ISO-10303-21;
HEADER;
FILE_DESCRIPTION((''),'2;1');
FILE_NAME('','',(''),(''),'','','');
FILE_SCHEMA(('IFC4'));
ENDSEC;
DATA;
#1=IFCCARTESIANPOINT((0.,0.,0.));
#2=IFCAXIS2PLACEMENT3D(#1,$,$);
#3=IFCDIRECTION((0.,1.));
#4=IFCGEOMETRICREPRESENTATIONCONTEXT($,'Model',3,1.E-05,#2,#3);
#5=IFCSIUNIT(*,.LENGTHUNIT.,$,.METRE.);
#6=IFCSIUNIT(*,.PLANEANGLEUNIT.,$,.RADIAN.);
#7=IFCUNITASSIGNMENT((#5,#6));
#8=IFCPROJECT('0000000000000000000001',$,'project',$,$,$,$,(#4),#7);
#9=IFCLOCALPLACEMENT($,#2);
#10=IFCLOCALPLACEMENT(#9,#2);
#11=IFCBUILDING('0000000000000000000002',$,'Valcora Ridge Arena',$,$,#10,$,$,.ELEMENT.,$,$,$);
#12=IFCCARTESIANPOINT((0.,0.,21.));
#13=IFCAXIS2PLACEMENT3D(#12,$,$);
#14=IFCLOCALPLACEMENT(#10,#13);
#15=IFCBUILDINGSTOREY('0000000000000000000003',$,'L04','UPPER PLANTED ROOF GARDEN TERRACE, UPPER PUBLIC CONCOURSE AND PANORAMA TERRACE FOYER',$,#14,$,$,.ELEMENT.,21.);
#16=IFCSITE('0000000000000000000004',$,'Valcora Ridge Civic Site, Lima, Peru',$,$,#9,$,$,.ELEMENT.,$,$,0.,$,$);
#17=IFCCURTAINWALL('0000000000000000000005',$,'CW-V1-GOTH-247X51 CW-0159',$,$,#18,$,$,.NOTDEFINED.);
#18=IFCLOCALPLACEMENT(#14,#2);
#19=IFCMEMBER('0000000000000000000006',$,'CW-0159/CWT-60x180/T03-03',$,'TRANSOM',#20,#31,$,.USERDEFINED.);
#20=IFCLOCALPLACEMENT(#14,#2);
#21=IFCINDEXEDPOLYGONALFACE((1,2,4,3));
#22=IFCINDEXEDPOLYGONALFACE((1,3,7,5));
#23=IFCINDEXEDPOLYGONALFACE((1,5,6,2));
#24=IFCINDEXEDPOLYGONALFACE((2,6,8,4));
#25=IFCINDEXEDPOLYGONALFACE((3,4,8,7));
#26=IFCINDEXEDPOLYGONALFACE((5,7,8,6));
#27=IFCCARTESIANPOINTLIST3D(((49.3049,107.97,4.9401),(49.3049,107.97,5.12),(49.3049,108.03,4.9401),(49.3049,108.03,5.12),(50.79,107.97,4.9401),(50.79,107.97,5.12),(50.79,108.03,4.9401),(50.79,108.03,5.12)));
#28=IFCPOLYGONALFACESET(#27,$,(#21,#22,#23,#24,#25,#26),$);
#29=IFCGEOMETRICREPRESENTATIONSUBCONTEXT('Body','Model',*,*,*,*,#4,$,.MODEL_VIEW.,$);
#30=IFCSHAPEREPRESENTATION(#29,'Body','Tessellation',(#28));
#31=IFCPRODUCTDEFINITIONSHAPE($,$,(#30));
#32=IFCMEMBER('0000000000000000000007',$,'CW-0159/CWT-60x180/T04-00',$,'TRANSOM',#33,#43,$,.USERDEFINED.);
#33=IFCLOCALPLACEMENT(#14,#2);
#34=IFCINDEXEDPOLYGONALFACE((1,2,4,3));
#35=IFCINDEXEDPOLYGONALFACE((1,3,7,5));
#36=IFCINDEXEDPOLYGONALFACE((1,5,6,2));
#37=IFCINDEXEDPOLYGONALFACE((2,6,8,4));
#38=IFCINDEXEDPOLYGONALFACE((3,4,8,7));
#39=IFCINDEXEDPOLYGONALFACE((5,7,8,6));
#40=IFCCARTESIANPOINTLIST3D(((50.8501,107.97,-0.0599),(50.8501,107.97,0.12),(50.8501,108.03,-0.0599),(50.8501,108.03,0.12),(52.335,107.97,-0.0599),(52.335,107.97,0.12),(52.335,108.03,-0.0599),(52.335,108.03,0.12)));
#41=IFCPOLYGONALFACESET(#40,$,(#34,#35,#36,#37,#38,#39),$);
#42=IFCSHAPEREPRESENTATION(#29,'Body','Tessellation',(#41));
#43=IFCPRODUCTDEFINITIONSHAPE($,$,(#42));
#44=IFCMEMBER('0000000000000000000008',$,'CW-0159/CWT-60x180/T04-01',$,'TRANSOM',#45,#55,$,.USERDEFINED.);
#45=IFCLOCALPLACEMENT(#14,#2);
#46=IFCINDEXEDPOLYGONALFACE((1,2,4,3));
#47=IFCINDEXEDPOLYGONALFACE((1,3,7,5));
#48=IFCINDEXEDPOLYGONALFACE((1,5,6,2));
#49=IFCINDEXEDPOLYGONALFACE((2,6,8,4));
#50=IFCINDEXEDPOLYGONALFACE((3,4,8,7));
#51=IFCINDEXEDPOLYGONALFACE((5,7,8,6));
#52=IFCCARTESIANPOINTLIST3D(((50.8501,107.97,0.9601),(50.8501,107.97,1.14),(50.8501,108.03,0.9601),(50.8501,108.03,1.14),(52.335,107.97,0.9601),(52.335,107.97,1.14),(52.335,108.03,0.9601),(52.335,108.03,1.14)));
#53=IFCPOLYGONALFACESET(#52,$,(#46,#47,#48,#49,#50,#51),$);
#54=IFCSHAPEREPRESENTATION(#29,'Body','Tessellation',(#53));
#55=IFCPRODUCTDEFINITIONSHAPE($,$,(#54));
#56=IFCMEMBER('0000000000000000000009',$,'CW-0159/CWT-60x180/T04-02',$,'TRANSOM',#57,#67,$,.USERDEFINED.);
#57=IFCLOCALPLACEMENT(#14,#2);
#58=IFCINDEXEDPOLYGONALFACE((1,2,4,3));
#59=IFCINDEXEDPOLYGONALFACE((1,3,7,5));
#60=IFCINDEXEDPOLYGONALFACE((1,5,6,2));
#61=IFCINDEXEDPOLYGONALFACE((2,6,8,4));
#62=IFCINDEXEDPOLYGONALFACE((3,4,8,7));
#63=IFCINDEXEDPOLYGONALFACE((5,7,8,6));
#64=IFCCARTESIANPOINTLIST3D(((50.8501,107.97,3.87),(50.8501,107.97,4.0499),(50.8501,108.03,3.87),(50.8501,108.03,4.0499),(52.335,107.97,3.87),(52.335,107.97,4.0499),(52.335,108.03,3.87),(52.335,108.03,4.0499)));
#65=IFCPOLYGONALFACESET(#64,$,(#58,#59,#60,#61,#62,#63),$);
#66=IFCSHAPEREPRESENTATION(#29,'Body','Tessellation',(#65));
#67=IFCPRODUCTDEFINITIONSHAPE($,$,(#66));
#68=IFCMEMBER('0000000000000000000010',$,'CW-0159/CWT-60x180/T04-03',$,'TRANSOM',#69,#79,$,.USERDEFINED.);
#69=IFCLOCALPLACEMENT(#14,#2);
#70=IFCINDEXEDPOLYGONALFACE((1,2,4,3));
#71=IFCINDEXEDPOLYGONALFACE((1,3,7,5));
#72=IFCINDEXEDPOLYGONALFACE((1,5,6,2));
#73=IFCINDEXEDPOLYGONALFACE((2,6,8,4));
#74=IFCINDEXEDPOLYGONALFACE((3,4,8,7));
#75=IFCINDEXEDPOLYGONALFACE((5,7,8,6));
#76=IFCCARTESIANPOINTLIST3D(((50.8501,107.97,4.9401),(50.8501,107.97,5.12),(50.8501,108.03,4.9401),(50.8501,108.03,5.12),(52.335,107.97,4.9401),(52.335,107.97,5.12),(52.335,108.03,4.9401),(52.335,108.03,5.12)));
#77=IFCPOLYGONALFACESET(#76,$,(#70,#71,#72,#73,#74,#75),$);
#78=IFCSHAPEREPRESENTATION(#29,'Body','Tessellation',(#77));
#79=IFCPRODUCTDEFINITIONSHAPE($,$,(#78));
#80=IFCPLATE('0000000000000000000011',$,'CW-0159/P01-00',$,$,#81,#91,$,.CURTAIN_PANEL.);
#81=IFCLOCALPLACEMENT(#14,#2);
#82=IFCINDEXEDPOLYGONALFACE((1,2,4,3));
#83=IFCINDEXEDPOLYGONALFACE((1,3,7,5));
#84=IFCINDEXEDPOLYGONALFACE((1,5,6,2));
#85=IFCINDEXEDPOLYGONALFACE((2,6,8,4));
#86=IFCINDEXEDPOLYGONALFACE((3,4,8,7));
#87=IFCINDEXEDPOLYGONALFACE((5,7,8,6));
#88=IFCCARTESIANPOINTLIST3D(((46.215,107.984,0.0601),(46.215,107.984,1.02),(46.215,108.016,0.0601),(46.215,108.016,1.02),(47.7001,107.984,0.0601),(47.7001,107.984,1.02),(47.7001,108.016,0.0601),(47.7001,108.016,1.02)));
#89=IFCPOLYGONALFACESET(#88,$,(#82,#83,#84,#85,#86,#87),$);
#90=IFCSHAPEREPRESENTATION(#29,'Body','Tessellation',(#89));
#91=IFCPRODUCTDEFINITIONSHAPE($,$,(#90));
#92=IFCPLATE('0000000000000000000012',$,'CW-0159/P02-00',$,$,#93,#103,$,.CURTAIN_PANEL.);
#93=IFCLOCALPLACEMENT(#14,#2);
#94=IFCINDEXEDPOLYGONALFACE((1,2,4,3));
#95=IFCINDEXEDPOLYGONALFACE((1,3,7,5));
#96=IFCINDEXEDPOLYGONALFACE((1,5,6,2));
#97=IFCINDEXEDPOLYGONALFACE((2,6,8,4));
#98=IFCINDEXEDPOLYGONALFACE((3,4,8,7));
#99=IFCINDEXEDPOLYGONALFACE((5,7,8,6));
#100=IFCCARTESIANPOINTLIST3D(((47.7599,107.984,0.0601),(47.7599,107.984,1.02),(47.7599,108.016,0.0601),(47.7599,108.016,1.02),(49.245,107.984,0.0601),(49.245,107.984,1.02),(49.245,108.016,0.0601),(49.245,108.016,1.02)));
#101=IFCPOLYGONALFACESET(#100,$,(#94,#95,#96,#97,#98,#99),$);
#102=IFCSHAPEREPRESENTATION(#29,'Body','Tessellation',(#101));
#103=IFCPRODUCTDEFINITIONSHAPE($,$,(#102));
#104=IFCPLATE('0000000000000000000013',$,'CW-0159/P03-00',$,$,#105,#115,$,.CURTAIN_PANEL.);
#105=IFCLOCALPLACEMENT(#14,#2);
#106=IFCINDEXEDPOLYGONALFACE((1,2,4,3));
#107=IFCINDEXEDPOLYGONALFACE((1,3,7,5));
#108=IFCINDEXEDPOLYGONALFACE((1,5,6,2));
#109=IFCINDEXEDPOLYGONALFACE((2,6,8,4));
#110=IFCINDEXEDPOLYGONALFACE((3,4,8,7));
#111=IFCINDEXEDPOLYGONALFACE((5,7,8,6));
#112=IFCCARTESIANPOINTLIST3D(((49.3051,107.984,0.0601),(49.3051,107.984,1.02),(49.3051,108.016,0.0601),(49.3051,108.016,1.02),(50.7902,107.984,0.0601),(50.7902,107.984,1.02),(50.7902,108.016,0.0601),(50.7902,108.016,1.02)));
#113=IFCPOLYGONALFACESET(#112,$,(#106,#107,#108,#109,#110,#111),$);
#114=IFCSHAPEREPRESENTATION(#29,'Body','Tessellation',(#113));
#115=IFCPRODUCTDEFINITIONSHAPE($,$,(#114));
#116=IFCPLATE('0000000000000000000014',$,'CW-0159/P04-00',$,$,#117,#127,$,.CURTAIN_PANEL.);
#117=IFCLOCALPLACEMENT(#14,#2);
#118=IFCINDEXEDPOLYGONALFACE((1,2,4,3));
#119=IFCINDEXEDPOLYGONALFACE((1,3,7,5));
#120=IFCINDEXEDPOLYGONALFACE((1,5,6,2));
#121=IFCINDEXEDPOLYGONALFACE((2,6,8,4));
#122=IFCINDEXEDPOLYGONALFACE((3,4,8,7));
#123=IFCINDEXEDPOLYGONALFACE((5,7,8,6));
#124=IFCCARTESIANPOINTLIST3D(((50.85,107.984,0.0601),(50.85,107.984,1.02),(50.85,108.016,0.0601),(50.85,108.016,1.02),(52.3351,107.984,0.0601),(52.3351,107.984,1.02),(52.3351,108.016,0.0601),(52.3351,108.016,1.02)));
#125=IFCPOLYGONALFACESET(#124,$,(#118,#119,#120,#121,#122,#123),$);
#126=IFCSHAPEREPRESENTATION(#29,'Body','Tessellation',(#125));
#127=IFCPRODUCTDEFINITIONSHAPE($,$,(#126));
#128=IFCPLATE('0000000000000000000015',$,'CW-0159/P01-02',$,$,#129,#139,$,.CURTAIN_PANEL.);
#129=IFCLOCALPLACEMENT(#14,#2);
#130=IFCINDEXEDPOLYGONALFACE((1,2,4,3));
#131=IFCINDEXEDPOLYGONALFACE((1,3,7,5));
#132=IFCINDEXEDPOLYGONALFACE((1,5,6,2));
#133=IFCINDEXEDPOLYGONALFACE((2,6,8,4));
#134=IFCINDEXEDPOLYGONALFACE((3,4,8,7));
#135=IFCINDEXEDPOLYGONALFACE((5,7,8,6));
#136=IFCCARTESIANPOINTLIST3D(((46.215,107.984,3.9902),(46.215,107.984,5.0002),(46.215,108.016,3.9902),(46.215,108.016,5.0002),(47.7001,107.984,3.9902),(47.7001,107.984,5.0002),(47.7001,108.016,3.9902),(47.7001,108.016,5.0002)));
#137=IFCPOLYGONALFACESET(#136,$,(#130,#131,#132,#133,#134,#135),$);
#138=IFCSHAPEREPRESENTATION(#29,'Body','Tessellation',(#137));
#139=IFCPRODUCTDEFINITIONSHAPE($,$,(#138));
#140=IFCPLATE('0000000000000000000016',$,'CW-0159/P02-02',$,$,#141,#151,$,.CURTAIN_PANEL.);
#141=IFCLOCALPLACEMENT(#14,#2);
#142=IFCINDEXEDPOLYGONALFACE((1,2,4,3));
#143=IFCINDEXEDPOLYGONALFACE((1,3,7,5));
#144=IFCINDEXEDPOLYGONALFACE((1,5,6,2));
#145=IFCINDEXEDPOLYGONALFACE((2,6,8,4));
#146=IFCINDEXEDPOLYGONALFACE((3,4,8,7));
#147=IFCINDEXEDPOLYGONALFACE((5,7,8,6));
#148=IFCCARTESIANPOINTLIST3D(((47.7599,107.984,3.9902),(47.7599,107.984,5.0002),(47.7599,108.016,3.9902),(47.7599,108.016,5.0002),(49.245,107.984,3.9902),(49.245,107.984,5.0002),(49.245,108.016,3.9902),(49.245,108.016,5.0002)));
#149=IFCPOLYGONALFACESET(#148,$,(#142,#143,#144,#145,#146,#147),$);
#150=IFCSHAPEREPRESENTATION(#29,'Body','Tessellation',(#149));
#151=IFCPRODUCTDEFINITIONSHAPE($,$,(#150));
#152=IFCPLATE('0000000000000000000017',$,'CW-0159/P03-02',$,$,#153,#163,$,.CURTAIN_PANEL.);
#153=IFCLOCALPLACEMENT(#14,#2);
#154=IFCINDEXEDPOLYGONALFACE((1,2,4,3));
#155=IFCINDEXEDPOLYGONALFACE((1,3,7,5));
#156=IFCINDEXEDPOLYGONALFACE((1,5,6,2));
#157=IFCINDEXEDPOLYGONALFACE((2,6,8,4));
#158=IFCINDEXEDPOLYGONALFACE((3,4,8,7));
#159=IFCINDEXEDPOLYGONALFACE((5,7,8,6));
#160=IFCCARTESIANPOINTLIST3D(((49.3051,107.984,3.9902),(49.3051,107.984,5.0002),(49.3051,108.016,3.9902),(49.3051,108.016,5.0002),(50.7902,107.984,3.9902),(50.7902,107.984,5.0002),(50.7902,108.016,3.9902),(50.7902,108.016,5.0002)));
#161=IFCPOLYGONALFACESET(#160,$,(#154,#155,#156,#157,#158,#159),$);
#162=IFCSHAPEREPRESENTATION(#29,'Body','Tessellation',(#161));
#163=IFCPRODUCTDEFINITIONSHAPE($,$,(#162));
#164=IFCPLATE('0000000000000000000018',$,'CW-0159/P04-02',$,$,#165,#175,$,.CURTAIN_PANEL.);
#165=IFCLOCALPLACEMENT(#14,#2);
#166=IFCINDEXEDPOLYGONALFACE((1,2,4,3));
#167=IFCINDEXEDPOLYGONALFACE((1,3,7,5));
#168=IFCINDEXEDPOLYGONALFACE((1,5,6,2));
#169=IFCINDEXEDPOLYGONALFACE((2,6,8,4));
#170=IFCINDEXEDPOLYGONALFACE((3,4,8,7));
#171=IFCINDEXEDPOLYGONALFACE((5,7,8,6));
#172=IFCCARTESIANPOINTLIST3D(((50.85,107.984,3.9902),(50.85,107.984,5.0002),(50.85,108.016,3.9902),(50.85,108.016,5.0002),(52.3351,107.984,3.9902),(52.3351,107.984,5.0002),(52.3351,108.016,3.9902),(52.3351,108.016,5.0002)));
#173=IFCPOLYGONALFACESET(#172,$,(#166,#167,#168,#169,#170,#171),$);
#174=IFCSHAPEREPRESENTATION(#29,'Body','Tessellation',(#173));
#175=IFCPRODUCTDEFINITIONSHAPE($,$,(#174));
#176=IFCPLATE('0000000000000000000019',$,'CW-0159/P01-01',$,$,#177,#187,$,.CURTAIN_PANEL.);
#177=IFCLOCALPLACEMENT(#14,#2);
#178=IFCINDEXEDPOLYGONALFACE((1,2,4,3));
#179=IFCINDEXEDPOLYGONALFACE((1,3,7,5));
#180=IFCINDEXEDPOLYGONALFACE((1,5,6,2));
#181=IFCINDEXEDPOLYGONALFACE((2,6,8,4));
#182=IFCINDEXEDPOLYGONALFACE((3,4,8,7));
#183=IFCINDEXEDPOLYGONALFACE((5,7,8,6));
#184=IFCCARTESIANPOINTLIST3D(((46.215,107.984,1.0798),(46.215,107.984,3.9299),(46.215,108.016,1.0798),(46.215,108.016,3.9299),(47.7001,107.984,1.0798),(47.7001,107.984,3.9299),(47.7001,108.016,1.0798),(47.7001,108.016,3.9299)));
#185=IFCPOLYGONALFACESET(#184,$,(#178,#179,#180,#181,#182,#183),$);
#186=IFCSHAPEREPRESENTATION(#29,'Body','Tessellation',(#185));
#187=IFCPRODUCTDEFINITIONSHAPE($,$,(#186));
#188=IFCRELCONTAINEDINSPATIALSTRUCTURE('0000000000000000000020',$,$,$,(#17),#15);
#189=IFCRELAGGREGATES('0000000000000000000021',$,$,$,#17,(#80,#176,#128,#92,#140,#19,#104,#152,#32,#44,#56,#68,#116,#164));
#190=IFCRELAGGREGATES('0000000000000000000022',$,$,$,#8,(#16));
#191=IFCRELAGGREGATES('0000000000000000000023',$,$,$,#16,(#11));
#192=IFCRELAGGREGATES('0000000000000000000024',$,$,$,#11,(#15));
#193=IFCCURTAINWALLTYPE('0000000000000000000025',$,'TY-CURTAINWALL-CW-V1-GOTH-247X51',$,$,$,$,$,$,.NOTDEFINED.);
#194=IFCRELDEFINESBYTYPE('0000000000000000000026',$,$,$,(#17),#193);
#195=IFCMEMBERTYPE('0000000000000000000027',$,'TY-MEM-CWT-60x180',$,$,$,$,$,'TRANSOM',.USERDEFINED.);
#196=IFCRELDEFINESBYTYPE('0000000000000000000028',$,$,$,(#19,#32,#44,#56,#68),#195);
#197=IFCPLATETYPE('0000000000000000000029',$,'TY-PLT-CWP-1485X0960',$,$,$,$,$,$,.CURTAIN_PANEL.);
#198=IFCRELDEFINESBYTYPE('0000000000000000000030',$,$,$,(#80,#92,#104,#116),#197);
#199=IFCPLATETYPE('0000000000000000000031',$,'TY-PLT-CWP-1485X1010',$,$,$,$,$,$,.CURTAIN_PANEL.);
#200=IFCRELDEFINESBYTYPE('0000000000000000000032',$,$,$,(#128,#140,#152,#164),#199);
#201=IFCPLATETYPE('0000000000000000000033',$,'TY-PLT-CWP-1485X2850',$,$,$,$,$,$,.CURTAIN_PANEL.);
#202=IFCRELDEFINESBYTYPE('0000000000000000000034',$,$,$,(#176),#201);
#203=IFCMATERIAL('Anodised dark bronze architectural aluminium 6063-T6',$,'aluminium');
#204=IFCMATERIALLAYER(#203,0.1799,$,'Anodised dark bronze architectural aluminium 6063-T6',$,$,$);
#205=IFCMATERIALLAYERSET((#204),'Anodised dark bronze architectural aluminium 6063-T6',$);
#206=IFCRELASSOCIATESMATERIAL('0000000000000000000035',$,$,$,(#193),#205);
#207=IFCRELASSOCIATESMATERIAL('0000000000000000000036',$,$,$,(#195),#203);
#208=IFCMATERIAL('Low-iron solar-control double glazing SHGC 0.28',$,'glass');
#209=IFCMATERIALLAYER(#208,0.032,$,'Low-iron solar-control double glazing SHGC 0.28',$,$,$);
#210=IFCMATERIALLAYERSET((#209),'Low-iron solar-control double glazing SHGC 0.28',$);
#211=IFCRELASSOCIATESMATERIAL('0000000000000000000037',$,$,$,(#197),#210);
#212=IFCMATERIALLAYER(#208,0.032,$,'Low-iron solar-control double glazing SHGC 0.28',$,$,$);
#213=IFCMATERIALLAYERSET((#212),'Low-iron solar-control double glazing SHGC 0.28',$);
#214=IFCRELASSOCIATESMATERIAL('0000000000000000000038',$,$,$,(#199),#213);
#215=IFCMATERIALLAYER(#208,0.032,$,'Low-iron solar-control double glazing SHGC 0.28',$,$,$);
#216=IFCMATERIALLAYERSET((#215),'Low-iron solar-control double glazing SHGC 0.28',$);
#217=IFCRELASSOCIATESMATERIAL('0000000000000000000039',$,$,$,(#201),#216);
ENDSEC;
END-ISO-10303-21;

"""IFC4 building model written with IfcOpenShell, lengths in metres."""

from ifc_helpers import new_model, si_unit, direction, frame, origin, origin_2d, place, context, subcontext, project, spatial, rectangle, extrude, material, layer, layer_set, material_profile, profile_set, type_object, element, aggregate, save


model = new_model("IFC4")

# Units and contexts
model_context = context("Model", 3, precision=1e-05, world=origin(), true_north=direction((0.0, 1.0)))
body_context = subcontext(model_context, "Body", "Model", "MODEL_VIEW")
ifc_project = project(units=[si_unit("LENGTHUNIT", "METRE"), si_unit("PLANEANGLEUNIT", "RADIAN")], contexts=[model_context])

# Site, building, storey
site_placement = place(None, origin())
site = spatial("IfcSite", under=ifc_project, at=site_placement, Name="Valcora Ridge Civic Site, Lima, Peru", CompositionType="ELEMENT", RefElevation=0.0)
building_placement = place(site_placement, origin())
building = spatial("IfcBuilding", under=site, at=building_placement, Name="Valcora Ridge Arena", CompositionType="ELEMENT")
storey_placement = place(building_placement, frame((0.0, 0.0, 21.0)))
storey = spatial("IfcBuildingStorey", under=building, at=storey_placement, Name="L04", Description="UPPER PLANTED ROOF GARDEN TERRACE, UPPER PUBLIC CONCOURSE AND PANORAMA TERRACE FOYER", CompositionType="ELEMENT", Elevation=21.0)

# Curtain wall, members, plates
ifc_material_1 = material(Name="Anodised dark bronze architectural aluminium 6063-T6", Category="aluminium")
ifc_layer_1 = layer(ifc_material_1, 0.1799, Name="Anodised dark bronze architectural aluminium 6063-T6")
ifc_layer_set_1 = layer_set([ifc_layer_1], Name="Anodised dark bronze architectural aluminium 6063-T6")
curtain_wall_type = type_object("IfcCurtainWallType", Name="TY-CURTAINWALL-CW-V1-GOTH-247X51", PredefinedType="NOTDEFINED", material=ifc_layer_set_1)
curtain_wall_placement = place(storey_placement, origin())
curtain_wall = element("IfcCurtainWall", 1, at=curtain_wall_placement, inside=storey, type_object=curtain_wall_type, Name="CW-V1-GOTH-247X51 CW-0159", PredefinedType="NOTDEFINED")
ifc_material_profile_1 = material_profile(ifc_material_1, rectangle(XDim=0.0601, YDim=0.1799, at=origin_2d()), Name="ALU TRANSOM 60x180")
ifc_profile_set_1 = profile_set([ifc_material_profile_1], Name="Anodised dark bronze architectural aluminium 6063-T6")
member_type_1 = type_object("IfcMemberType", Name="TY-MEM-CWT-60x180", ElementType="TRANSOM", PredefinedType="USERDEFINED", material=ifc_profile_set_1)
member_1_placement = place(storey_placement, frame((49.3049, 108.0, 5.03), z_axis=(1.0, 0.0, 0.0), x_axis=(0.0, 1.0, 0.0)))
member_1 = element("IfcMember", 2, at=member_1_placement, type_object=member_type_1, Name="CW-0159/CWT-60x180/T03-03", ObjectType="TRANSOM", PredefinedType="USERDEFINED", context=body_context, shape_type="SweptSolid", body=[
    extrude(rectangle(XDim=0.0601, YDim=0.1799, at=origin_2d()), origin(), (0.0, 0.0, 1.0), 1.4851),
])
member_2_placement = place(storey_placement, frame((50.8501, 108.0, 0.03), z_axis=(1.0, 0.0, 0.0), x_axis=(0.0, 1.0, 0.0)))
member_2 = element("IfcMember", 3, at=member_2_placement, type_object=member_type_1, Name="CW-0159/CWT-60x180/T04-00", ObjectType="TRANSOM", PredefinedType="USERDEFINED", context=body_context, shape_type="SweptSolid", body=[
    extrude(rectangle(XDim=0.0601, YDim=0.1799, at=origin_2d()), origin(), (0.0, 0.0, 1.0), 1.4849),
])
member_3_placement = place(storey_placement, frame((50.8501, 108.0, 1.05), z_axis=(1.0, 0.0, 0.0), x_axis=(0.0, 1.0, 0.0)))
member_3 = element("IfcMember", 4, at=member_3_placement, type_object=member_type_1, Name="CW-0159/CWT-60x180/T04-01", ObjectType="TRANSOM", PredefinedType="USERDEFINED", context=body_context, shape_type="SweptSolid", body=[
    extrude(rectangle(XDim=0.0601, YDim=0.1799, at=origin_2d()), origin(), (0.0, 0.0, 1.0), 1.4849),
])
member_4_placement = place(storey_placement, frame((50.8501, 108.0, 3.96), z_axis=(1.0, 0.0, 0.0), x_axis=(0.0, 1.0, 0.0)))
member_4 = element("IfcMember", 5, at=member_4_placement, type_object=member_type_1, Name="CW-0159/CWT-60x180/T04-02", ObjectType="TRANSOM", PredefinedType="USERDEFINED", context=body_context, shape_type="SweptSolid", body=[
    extrude(rectangle(XDim=0.0601, YDim=0.1799, at=origin_2d()), origin(), (0.0, 0.0, 1.0), 1.4849),
])
member_5_placement = place(storey_placement, frame((50.8501, 108.0, 5.03), z_axis=(1.0, 0.0, 0.0), x_axis=(0.0, 1.0, 0.0)))
member_5 = element("IfcMember", 6, at=member_5_placement, type_object=member_type_1, Name="CW-0159/CWT-60x180/T04-03", ObjectType="TRANSOM", PredefinedType="USERDEFINED", context=body_context, shape_type="SweptSolid", body=[
    extrude(rectangle(XDim=0.0601, YDim=0.1799, at=origin_2d()), origin(), (0.0, 0.0, 1.0), 1.4849),
])
ifc_material_2 = material(Name="Low-iron solar-control double glazing SHGC 0.28", Category="glass")
ifc_layer_2 = layer(ifc_material_2, 0.032, Name="Low-iron solar-control double glazing SHGC 0.28")
ifc_layer_set_2 = layer_set([ifc_layer_2], Name="Low-iron solar-control double glazing SHGC 0.28")
plate_type_1 = type_object("IfcPlateType", Name="TY-PLT-CWP-1485X0960", PredefinedType="CURTAIN_PANEL", material=ifc_layer_set_2)
plate_1_placement = place(storey_placement, frame((46.9575, 108.0, 0.0601), z_axis=(0.0, 0.0, 1.0), x_axis=(1.0, 0.0, 0.0)))
plate_1 = element("IfcPlate", 7, at=plate_1_placement, type_object=plate_type_1, Name="CW-0159/P01-00", PredefinedType="CURTAIN_PANEL", context=body_context, shape_type="SweptSolid", body=[
    extrude(rectangle(XDim=1.4851, YDim=0.032, at=origin_2d()), origin(), (0.0, 0.0, 1.0), 0.96),
])
plate_2_placement = place(storey_placement, frame((48.5024, 108.0, 0.0601), z_axis=(0.0, 0.0, 1.0), x_axis=(1.0, 0.0, 0.0)))
plate_2 = element("IfcPlate", 8, at=plate_2_placement, type_object=plate_type_1, Name="CW-0159/P02-00", PredefinedType="CURTAIN_PANEL", context=body_context, shape_type="SweptSolid", body=[
    extrude(rectangle(XDim=1.4851, YDim=0.032, at=origin_2d()), origin(), (0.0, 0.0, 1.0), 0.96),
])
plate_3_placement = place(storey_placement, frame((50.0476, 108.0, 0.0601), z_axis=(0.0, 0.0, 1.0), x_axis=(1.0, 0.0, 0.0)))
plate_3 = element("IfcPlate", 9, at=plate_3_placement, type_object=plate_type_1, Name="CW-0159/P03-00", PredefinedType="CURTAIN_PANEL", context=body_context, shape_type="SweptSolid", body=[
    extrude(rectangle(XDim=1.4851, YDim=0.032, at=origin_2d()), origin(), (0.0, 0.0, 1.0), 0.96),
])
plate_4_placement = place(storey_placement, frame((51.5925, 108.0, 0.0601), z_axis=(0.0, 0.0, 1.0), x_axis=(1.0, 0.0, 0.0)))
plate_4 = element("IfcPlate", 10, at=plate_4_placement, type_object=plate_type_1, Name="CW-0159/P04-00", PredefinedType="CURTAIN_PANEL", context=body_context, shape_type="SweptSolid", body=[
    extrude(rectangle(XDim=1.4851, YDim=0.032, at=origin_2d()), origin(), (0.0, 0.0, 1.0), 0.96),
])
ifc_layer_3 = layer(ifc_material_2, 0.032, Name="Low-iron solar-control double glazing SHGC 0.28")
ifc_layer_set_3 = layer_set([ifc_layer_3], Name="Low-iron solar-control double glazing SHGC 0.28")
plate_type_2 = type_object("IfcPlateType", Name="TY-PLT-CWP-1485X1010", PredefinedType="CURTAIN_PANEL", material=ifc_layer_set_3)
plate_5_placement = place(storey_placement, frame((46.9575, 108.0, 3.9902), z_axis=(0.0, 0.0, 1.0), x_axis=(1.0, 0.0, 0.0)))
plate_5 = element("IfcPlate", 11, at=plate_5_placement, type_object=plate_type_2, Name="CW-0159/P01-02", PredefinedType="CURTAIN_PANEL", context=body_context, shape_type="SweptSolid", body=[
    extrude(rectangle(XDim=1.4851, YDim=0.032, at=origin_2d()), origin(), (0.0, 0.0, 1.0), 1.01),
])
plate_6_placement = place(storey_placement, frame((48.5024, 108.0, 3.9902), z_axis=(0.0, 0.0, 1.0), x_axis=(1.0, 0.0, 0.0)))
plate_6 = element("IfcPlate", 12, at=plate_6_placement, type_object=plate_type_2, Name="CW-0159/P02-02", PredefinedType="CURTAIN_PANEL", context=body_context, shape_type="SweptSolid", body=[
    extrude(rectangle(XDim=1.4851, YDim=0.032, at=origin_2d()), origin(), (0.0, 0.0, 1.0), 1.01),
])
plate_7_placement = place(storey_placement, frame((50.0476, 108.0, 3.9902), z_axis=(0.0, 0.0, 1.0), x_axis=(1.0, 0.0, 0.0)))
plate_7 = element("IfcPlate", 13, at=plate_7_placement, type_object=plate_type_2, Name="CW-0159/P03-02", PredefinedType="CURTAIN_PANEL", context=body_context, shape_type="SweptSolid", body=[
    extrude(rectangle(XDim=1.4851, YDim=0.032, at=origin_2d()), origin(), (0.0, 0.0, 1.0), 1.01),
])
plate_8_placement = place(storey_placement, frame((51.5925, 108.0, 3.9902), z_axis=(0.0, 0.0, 1.0), x_axis=(1.0, 0.0, 0.0)))
plate_8 = element("IfcPlate", 14, at=plate_8_placement, type_object=plate_type_2, Name="CW-0159/P04-02", PredefinedType="CURTAIN_PANEL", context=body_context, shape_type="SweptSolid", body=[
    extrude(rectangle(XDim=1.4851, YDim=0.032, at=origin_2d()), origin(), (0.0, 0.0, 1.0), 1.01),
])
ifc_layer_4 = layer(ifc_material_2, 0.032, Name="Low-iron solar-control double glazing SHGC 0.28")
ifc_layer_set_4 = layer_set([ifc_layer_4], Name="Low-iron solar-control double glazing SHGC 0.28")
plate_type_3 = type_object("IfcPlateType", Name="TY-PLT-CWP-1485X2850", PredefinedType="CURTAIN_PANEL", material=ifc_layer_set_4)
plate_9_placement = place(storey_placement, frame((46.9575, 108.0, 1.0798), z_axis=(0.0, 0.0, 1.0), x_axis=(1.0, 0.0, 0.0)))
plate_9 = element("IfcPlate", 15, at=plate_9_placement, type_object=plate_type_3, Name="CW-0159/P01-01", PredefinedType="CURTAIN_PANEL", context=body_context, shape_type="SweptSolid", body=[
    extrude(rectangle(XDim=1.4851, YDim=0.032, at=origin_2d()), origin(), (0.0, 0.0, 1.0), 2.8501),
])
aggregate(curtain_wall, [plate_1, plate_9, plate_5, plate_2, plate_6, member_1, plate_3, plate_7, member_2, member_3, member_4, member_5, plate_4, plate_8])

save(model, "model.ifc")
